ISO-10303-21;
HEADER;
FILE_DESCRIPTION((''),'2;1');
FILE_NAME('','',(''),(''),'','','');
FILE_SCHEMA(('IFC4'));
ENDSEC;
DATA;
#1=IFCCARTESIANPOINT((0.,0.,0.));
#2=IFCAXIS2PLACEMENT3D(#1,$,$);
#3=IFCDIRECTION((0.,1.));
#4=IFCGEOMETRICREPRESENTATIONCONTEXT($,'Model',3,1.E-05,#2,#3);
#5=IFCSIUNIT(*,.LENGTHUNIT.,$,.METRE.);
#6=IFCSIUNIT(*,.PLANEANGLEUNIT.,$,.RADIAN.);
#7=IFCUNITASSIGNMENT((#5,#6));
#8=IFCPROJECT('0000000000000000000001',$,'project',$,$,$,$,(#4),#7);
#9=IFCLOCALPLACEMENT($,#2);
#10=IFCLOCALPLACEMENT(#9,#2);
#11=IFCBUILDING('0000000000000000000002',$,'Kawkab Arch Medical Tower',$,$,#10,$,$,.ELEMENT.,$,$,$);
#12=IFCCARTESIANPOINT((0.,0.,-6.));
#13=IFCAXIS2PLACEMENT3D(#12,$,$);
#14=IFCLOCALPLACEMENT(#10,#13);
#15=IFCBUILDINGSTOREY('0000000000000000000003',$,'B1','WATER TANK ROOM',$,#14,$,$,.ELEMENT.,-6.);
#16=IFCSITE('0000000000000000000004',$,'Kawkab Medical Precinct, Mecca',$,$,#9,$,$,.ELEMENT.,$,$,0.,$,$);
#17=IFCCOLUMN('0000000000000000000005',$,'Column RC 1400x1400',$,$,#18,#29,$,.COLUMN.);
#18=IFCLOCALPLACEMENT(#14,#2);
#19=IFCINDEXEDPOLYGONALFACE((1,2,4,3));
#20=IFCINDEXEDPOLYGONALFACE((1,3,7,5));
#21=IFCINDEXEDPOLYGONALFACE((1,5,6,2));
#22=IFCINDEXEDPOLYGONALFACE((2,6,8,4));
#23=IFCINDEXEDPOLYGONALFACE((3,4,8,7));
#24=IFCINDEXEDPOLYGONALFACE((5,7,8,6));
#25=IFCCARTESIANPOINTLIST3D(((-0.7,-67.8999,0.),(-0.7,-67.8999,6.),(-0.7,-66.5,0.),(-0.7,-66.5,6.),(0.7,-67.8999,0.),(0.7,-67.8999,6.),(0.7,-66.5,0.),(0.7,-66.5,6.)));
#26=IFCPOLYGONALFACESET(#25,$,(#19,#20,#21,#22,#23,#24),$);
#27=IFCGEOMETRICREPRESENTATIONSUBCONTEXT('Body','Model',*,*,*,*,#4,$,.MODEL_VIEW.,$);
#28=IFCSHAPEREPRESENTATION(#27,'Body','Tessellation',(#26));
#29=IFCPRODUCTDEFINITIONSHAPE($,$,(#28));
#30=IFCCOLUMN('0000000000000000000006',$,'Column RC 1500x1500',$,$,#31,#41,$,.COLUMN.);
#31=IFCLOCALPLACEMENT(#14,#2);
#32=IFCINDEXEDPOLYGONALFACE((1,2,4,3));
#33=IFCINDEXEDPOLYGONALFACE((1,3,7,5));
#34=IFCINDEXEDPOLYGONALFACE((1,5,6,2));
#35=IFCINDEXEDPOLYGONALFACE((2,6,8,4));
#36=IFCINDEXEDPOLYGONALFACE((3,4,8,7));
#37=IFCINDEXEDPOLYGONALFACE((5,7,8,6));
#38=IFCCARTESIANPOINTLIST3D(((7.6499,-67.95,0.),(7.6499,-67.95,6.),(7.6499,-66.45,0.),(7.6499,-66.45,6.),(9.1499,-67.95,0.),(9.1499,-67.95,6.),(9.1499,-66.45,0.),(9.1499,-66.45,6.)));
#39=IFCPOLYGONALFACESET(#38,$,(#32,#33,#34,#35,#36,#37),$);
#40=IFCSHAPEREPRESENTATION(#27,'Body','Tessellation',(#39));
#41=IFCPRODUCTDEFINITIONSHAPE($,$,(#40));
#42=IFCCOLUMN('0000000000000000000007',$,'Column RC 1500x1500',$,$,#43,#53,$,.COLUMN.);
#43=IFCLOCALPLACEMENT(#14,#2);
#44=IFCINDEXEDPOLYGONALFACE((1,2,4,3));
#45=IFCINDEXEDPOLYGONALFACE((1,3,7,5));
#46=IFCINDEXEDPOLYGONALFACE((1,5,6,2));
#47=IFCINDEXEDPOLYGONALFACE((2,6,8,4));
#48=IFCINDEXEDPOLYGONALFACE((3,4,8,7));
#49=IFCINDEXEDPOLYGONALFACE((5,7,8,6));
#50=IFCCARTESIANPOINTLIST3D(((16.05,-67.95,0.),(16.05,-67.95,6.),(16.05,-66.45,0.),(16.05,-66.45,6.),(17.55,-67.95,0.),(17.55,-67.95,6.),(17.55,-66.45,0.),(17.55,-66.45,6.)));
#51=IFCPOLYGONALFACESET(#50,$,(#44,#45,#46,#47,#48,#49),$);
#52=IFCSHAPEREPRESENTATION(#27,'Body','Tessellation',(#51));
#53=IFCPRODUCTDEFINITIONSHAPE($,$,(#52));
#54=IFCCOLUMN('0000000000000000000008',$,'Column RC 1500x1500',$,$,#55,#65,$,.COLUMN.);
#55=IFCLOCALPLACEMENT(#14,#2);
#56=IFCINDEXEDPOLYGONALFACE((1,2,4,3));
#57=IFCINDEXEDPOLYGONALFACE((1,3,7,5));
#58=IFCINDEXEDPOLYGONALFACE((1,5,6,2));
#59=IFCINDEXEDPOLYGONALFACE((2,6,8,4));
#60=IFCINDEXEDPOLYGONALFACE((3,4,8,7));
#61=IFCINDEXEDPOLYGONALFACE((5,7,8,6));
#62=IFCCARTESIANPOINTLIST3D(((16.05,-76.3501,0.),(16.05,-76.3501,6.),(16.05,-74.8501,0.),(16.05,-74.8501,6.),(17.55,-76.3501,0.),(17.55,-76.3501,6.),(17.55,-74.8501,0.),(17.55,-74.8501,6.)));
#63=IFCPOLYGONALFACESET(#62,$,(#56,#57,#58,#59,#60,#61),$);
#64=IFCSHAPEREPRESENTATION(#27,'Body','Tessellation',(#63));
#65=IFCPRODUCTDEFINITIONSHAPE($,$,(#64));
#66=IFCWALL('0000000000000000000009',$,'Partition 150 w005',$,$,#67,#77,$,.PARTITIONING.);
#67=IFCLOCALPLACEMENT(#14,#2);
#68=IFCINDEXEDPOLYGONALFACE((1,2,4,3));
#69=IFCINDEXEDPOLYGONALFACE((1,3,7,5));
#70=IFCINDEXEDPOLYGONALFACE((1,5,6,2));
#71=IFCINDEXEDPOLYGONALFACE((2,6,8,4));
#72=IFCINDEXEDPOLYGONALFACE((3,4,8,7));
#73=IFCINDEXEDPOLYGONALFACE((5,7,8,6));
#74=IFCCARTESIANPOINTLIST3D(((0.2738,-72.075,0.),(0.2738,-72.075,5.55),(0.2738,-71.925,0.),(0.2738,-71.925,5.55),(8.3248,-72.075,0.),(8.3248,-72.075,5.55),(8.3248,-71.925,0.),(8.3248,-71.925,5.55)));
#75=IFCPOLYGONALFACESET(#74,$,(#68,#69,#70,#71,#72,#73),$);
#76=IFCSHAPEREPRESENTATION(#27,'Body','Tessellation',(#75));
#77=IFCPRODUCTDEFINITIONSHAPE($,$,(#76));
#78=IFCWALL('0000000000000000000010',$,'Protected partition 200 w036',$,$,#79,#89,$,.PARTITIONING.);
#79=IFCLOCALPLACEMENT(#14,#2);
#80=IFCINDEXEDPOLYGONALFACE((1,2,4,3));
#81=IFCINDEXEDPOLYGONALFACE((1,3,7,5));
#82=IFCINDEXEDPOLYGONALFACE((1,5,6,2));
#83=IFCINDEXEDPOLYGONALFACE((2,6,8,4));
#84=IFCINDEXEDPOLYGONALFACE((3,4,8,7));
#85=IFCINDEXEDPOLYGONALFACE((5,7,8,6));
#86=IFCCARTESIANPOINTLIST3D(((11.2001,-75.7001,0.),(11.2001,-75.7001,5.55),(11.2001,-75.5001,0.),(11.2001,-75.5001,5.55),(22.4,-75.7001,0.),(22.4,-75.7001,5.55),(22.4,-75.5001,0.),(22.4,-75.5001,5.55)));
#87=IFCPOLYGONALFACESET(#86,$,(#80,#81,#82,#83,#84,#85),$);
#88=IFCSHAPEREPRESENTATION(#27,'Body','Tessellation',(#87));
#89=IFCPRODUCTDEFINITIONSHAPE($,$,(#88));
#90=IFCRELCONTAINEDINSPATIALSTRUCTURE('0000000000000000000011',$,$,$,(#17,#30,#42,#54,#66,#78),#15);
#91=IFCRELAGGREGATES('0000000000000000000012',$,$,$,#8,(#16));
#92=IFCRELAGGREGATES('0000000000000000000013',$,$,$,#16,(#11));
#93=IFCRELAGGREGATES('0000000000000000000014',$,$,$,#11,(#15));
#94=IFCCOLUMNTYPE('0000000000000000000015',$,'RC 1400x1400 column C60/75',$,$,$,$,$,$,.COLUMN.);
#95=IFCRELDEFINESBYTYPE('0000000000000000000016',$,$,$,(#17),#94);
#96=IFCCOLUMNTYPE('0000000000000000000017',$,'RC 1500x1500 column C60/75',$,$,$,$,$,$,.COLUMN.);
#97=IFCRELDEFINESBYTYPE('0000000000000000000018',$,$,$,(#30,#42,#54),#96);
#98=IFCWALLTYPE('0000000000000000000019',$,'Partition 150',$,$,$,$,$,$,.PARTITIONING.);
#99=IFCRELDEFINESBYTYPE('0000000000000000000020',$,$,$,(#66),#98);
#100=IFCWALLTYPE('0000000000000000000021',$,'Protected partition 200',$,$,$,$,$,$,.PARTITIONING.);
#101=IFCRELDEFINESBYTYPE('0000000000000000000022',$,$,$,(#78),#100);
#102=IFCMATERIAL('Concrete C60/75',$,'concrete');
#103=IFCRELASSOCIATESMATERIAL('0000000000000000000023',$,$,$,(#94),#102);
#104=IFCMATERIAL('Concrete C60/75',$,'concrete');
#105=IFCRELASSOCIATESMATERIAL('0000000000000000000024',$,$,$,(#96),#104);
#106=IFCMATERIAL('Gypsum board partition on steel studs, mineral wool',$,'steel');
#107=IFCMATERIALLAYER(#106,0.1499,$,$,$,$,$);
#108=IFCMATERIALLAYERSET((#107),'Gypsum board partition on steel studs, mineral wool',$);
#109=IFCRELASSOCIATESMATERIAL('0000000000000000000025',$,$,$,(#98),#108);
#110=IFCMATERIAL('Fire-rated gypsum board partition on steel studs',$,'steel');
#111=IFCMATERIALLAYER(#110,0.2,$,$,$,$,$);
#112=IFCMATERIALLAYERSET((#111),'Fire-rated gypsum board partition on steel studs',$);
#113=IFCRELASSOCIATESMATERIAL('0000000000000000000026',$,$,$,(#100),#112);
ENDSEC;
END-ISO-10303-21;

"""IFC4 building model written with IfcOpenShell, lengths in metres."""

from ifc_helpers import new_model, si_unit, direction, frame, frame_2d, origin, origin_2d, place, context, subcontext, project, spatial, rectangle, extrude, material, layer, layer_set, material_profile, profile_set, type_object, element, save


model = new_model("IFC4")

# Units and contexts
model_context = context("Model", 3, precision=1e-05, world=origin(), true_north=direction((0.0, 1.0)))
body_context = subcontext(model_context, "Body", "Model", "MODEL_VIEW")
ifc_project = project(units=[si_unit("LENGTHUNIT", "METRE"), si_unit("PLANEANGLEUNIT", "RADIAN")], contexts=[model_context])

# Site, building, storey
site_placement = place(None, origin())
site = spatial("IfcSite", under=ifc_project, at=site_placement, Name="Kawkab Medical Precinct, Mecca", CompositionType="ELEMENT", RefElevation=0.0)
building_placement = place(site_placement, origin())
building = spatial("IfcBuilding", under=site, at=building_placement, Name="Kawkab Arch Medical Tower", CompositionType="ELEMENT")
storey_placement = place(building_placement, frame((0.0, 0.0, -6.0)))
storey = spatial("IfcBuildingStorey", under=building, at=storey_placement, Name="B1", Description="WATER TANK ROOM", CompositionType="ELEMENT", Elevation=-6.0)

# Columns
ifc_material_1 = material(Name="Concrete C60/75", Category="concrete")
ifc_material_profile_1 = material_profile(ifc_material_1, rectangle(XDim=1.3999, YDim=1.3999, at=origin_2d()), Name="RC 1400x1400")
ifc_profile_set_1 = profile_set([ifc_material_profile_1], Name="Concrete C60/75")
column_type_1 = type_object("IfcColumnType", Name="RC 1400x1400 column C60/75", PredefinedType="COLUMN", material=ifc_profile_set_1)
column_placement = place(storey_placement, frame((0.0, -67.2, 0.0), z_axis=(0.0, 0.0, 1.0), x_axis=(1.0, 0.0, 0.0)))
element("IfcColumn", 1, at=column_placement, inside=storey, type_object=column_type_1, Name="Column RC 1400x1400", PredefinedType="COLUMN", context=body_context, shape_type="SweptSolid", body=[
    extrude(rectangle(XDim=1.3999, YDim=1.3999, at=origin_2d()), origin(), (0.0, 0.0, 1.0), 6.0),
])
ifc_material_2 = material(Name="Concrete C60/75", Category="concrete")
ifc_material_profile_2 = material_profile(ifc_material_2, rectangle(XDim=1.5, YDim=1.5, at=origin_2d()), Name="RC 1500x1500")
ifc_profile_set_2 = profile_set([ifc_material_profile_2], Name="Concrete C60/75")
column_type_2 = type_object("IfcColumnType", Name="RC 1500x1500 column C60/75", PredefinedType="COLUMN", material=ifc_profile_set_2)
for number, where, z_axis, x_axis, name in (
    (2, (8.3999, -67.2, 0.0), (0.0, 0.0, 1.0), (1.0, 0.0, 0.0), "Column RC 1500x1500"),
    (3, (16.8, -67.2, 0.0), (0.0, 0.0, 1.0), (1.0, 0.0, 0.0), "Column RC 1500x1500"),
    (4, (16.8, -75.6001, 0.0), (0.0, 0.0, 1.0), (1.0, 0.0, 0.0), "Column RC 1500x1500"),
):
    element("IfcColumn", number, at=place(storey_placement, frame(where, z_axis=z_axis, x_axis=x_axis)), inside=storey, type_object=column_type_2, Name=name, PredefinedType="COLUMN", context=body_context, shape_type="SweptSolid", body=[
        extrude(rectangle(XDim=1.5, YDim=1.5, at=origin_2d()), origin(), (0.0, 0.0, 1.0), 6.0),
    ])

# Walls
ifc_material_3 = material(Name="Gypsum board partition on steel studs, mineral wool", Category="steel")
ifc_layer_1 = layer(ifc_material_3, 0.1499)
ifc_layer_set_1 = layer_set([ifc_layer_1], Name="Gypsum board partition on steel studs, mineral wool")
wall_type_1 = type_object("IfcWallType", Name="Partition 150", PredefinedType="PARTITIONING", material=ifc_layer_set_1)
wall_1_placement = place(storey_placement, frame((0.2739, -72.0, 0.0), z_axis=(0.0, 0.0, 1.0), x_axis=(1.0, 0.0, 0.0)))
element("IfcWall", 5, at=wall_1_placement, inside=storey, type_object=wall_type_1, Name="Partition 150 w005", PredefinedType="PARTITIONING", context=body_context, shape_type="SweptSolid", body=[
    extrude(rectangle(XDim=8.051, YDim=0.1499, at=frame_2d((4.0254, 0.0))), origin(), (0.0, 0.0, 1.0), 5.55),
])
ifc_material_4 = material(Name="Fire-rated gypsum board partition on steel studs", Category="steel")
ifc_layer_2 = layer(ifc_material_4, 0.2)
ifc_layer_set_2 = layer_set([ifc_layer_2], Name="Fire-rated gypsum board partition on steel studs")
wall_type_2 = type_object("IfcWallType", Name="Protected partition 200", PredefinedType="PARTITIONING", material=ifc_layer_set_2)
wall_2_placement = place(storey_placement, frame((11.2, -75.6001, 0.0), z_axis=(0.0, 0.0, 1.0), x_axis=(1.0, 0.0, 0.0)))
element("IfcWall", 6, at=wall_2_placement, inside=storey, type_object=wall_type_2, Name="Protected partition 200 w036", PredefinedType="PARTITIONING", context=body_context, shape_type="SweptSolid", body=[
    extrude(rectangle(XDim=11.2, YDim=0.2, at=frame_2d((5.6001, 0.0))), origin(), (0.0, 0.0, 1.0), 5.55),
])

save(model, "model.ifc")
